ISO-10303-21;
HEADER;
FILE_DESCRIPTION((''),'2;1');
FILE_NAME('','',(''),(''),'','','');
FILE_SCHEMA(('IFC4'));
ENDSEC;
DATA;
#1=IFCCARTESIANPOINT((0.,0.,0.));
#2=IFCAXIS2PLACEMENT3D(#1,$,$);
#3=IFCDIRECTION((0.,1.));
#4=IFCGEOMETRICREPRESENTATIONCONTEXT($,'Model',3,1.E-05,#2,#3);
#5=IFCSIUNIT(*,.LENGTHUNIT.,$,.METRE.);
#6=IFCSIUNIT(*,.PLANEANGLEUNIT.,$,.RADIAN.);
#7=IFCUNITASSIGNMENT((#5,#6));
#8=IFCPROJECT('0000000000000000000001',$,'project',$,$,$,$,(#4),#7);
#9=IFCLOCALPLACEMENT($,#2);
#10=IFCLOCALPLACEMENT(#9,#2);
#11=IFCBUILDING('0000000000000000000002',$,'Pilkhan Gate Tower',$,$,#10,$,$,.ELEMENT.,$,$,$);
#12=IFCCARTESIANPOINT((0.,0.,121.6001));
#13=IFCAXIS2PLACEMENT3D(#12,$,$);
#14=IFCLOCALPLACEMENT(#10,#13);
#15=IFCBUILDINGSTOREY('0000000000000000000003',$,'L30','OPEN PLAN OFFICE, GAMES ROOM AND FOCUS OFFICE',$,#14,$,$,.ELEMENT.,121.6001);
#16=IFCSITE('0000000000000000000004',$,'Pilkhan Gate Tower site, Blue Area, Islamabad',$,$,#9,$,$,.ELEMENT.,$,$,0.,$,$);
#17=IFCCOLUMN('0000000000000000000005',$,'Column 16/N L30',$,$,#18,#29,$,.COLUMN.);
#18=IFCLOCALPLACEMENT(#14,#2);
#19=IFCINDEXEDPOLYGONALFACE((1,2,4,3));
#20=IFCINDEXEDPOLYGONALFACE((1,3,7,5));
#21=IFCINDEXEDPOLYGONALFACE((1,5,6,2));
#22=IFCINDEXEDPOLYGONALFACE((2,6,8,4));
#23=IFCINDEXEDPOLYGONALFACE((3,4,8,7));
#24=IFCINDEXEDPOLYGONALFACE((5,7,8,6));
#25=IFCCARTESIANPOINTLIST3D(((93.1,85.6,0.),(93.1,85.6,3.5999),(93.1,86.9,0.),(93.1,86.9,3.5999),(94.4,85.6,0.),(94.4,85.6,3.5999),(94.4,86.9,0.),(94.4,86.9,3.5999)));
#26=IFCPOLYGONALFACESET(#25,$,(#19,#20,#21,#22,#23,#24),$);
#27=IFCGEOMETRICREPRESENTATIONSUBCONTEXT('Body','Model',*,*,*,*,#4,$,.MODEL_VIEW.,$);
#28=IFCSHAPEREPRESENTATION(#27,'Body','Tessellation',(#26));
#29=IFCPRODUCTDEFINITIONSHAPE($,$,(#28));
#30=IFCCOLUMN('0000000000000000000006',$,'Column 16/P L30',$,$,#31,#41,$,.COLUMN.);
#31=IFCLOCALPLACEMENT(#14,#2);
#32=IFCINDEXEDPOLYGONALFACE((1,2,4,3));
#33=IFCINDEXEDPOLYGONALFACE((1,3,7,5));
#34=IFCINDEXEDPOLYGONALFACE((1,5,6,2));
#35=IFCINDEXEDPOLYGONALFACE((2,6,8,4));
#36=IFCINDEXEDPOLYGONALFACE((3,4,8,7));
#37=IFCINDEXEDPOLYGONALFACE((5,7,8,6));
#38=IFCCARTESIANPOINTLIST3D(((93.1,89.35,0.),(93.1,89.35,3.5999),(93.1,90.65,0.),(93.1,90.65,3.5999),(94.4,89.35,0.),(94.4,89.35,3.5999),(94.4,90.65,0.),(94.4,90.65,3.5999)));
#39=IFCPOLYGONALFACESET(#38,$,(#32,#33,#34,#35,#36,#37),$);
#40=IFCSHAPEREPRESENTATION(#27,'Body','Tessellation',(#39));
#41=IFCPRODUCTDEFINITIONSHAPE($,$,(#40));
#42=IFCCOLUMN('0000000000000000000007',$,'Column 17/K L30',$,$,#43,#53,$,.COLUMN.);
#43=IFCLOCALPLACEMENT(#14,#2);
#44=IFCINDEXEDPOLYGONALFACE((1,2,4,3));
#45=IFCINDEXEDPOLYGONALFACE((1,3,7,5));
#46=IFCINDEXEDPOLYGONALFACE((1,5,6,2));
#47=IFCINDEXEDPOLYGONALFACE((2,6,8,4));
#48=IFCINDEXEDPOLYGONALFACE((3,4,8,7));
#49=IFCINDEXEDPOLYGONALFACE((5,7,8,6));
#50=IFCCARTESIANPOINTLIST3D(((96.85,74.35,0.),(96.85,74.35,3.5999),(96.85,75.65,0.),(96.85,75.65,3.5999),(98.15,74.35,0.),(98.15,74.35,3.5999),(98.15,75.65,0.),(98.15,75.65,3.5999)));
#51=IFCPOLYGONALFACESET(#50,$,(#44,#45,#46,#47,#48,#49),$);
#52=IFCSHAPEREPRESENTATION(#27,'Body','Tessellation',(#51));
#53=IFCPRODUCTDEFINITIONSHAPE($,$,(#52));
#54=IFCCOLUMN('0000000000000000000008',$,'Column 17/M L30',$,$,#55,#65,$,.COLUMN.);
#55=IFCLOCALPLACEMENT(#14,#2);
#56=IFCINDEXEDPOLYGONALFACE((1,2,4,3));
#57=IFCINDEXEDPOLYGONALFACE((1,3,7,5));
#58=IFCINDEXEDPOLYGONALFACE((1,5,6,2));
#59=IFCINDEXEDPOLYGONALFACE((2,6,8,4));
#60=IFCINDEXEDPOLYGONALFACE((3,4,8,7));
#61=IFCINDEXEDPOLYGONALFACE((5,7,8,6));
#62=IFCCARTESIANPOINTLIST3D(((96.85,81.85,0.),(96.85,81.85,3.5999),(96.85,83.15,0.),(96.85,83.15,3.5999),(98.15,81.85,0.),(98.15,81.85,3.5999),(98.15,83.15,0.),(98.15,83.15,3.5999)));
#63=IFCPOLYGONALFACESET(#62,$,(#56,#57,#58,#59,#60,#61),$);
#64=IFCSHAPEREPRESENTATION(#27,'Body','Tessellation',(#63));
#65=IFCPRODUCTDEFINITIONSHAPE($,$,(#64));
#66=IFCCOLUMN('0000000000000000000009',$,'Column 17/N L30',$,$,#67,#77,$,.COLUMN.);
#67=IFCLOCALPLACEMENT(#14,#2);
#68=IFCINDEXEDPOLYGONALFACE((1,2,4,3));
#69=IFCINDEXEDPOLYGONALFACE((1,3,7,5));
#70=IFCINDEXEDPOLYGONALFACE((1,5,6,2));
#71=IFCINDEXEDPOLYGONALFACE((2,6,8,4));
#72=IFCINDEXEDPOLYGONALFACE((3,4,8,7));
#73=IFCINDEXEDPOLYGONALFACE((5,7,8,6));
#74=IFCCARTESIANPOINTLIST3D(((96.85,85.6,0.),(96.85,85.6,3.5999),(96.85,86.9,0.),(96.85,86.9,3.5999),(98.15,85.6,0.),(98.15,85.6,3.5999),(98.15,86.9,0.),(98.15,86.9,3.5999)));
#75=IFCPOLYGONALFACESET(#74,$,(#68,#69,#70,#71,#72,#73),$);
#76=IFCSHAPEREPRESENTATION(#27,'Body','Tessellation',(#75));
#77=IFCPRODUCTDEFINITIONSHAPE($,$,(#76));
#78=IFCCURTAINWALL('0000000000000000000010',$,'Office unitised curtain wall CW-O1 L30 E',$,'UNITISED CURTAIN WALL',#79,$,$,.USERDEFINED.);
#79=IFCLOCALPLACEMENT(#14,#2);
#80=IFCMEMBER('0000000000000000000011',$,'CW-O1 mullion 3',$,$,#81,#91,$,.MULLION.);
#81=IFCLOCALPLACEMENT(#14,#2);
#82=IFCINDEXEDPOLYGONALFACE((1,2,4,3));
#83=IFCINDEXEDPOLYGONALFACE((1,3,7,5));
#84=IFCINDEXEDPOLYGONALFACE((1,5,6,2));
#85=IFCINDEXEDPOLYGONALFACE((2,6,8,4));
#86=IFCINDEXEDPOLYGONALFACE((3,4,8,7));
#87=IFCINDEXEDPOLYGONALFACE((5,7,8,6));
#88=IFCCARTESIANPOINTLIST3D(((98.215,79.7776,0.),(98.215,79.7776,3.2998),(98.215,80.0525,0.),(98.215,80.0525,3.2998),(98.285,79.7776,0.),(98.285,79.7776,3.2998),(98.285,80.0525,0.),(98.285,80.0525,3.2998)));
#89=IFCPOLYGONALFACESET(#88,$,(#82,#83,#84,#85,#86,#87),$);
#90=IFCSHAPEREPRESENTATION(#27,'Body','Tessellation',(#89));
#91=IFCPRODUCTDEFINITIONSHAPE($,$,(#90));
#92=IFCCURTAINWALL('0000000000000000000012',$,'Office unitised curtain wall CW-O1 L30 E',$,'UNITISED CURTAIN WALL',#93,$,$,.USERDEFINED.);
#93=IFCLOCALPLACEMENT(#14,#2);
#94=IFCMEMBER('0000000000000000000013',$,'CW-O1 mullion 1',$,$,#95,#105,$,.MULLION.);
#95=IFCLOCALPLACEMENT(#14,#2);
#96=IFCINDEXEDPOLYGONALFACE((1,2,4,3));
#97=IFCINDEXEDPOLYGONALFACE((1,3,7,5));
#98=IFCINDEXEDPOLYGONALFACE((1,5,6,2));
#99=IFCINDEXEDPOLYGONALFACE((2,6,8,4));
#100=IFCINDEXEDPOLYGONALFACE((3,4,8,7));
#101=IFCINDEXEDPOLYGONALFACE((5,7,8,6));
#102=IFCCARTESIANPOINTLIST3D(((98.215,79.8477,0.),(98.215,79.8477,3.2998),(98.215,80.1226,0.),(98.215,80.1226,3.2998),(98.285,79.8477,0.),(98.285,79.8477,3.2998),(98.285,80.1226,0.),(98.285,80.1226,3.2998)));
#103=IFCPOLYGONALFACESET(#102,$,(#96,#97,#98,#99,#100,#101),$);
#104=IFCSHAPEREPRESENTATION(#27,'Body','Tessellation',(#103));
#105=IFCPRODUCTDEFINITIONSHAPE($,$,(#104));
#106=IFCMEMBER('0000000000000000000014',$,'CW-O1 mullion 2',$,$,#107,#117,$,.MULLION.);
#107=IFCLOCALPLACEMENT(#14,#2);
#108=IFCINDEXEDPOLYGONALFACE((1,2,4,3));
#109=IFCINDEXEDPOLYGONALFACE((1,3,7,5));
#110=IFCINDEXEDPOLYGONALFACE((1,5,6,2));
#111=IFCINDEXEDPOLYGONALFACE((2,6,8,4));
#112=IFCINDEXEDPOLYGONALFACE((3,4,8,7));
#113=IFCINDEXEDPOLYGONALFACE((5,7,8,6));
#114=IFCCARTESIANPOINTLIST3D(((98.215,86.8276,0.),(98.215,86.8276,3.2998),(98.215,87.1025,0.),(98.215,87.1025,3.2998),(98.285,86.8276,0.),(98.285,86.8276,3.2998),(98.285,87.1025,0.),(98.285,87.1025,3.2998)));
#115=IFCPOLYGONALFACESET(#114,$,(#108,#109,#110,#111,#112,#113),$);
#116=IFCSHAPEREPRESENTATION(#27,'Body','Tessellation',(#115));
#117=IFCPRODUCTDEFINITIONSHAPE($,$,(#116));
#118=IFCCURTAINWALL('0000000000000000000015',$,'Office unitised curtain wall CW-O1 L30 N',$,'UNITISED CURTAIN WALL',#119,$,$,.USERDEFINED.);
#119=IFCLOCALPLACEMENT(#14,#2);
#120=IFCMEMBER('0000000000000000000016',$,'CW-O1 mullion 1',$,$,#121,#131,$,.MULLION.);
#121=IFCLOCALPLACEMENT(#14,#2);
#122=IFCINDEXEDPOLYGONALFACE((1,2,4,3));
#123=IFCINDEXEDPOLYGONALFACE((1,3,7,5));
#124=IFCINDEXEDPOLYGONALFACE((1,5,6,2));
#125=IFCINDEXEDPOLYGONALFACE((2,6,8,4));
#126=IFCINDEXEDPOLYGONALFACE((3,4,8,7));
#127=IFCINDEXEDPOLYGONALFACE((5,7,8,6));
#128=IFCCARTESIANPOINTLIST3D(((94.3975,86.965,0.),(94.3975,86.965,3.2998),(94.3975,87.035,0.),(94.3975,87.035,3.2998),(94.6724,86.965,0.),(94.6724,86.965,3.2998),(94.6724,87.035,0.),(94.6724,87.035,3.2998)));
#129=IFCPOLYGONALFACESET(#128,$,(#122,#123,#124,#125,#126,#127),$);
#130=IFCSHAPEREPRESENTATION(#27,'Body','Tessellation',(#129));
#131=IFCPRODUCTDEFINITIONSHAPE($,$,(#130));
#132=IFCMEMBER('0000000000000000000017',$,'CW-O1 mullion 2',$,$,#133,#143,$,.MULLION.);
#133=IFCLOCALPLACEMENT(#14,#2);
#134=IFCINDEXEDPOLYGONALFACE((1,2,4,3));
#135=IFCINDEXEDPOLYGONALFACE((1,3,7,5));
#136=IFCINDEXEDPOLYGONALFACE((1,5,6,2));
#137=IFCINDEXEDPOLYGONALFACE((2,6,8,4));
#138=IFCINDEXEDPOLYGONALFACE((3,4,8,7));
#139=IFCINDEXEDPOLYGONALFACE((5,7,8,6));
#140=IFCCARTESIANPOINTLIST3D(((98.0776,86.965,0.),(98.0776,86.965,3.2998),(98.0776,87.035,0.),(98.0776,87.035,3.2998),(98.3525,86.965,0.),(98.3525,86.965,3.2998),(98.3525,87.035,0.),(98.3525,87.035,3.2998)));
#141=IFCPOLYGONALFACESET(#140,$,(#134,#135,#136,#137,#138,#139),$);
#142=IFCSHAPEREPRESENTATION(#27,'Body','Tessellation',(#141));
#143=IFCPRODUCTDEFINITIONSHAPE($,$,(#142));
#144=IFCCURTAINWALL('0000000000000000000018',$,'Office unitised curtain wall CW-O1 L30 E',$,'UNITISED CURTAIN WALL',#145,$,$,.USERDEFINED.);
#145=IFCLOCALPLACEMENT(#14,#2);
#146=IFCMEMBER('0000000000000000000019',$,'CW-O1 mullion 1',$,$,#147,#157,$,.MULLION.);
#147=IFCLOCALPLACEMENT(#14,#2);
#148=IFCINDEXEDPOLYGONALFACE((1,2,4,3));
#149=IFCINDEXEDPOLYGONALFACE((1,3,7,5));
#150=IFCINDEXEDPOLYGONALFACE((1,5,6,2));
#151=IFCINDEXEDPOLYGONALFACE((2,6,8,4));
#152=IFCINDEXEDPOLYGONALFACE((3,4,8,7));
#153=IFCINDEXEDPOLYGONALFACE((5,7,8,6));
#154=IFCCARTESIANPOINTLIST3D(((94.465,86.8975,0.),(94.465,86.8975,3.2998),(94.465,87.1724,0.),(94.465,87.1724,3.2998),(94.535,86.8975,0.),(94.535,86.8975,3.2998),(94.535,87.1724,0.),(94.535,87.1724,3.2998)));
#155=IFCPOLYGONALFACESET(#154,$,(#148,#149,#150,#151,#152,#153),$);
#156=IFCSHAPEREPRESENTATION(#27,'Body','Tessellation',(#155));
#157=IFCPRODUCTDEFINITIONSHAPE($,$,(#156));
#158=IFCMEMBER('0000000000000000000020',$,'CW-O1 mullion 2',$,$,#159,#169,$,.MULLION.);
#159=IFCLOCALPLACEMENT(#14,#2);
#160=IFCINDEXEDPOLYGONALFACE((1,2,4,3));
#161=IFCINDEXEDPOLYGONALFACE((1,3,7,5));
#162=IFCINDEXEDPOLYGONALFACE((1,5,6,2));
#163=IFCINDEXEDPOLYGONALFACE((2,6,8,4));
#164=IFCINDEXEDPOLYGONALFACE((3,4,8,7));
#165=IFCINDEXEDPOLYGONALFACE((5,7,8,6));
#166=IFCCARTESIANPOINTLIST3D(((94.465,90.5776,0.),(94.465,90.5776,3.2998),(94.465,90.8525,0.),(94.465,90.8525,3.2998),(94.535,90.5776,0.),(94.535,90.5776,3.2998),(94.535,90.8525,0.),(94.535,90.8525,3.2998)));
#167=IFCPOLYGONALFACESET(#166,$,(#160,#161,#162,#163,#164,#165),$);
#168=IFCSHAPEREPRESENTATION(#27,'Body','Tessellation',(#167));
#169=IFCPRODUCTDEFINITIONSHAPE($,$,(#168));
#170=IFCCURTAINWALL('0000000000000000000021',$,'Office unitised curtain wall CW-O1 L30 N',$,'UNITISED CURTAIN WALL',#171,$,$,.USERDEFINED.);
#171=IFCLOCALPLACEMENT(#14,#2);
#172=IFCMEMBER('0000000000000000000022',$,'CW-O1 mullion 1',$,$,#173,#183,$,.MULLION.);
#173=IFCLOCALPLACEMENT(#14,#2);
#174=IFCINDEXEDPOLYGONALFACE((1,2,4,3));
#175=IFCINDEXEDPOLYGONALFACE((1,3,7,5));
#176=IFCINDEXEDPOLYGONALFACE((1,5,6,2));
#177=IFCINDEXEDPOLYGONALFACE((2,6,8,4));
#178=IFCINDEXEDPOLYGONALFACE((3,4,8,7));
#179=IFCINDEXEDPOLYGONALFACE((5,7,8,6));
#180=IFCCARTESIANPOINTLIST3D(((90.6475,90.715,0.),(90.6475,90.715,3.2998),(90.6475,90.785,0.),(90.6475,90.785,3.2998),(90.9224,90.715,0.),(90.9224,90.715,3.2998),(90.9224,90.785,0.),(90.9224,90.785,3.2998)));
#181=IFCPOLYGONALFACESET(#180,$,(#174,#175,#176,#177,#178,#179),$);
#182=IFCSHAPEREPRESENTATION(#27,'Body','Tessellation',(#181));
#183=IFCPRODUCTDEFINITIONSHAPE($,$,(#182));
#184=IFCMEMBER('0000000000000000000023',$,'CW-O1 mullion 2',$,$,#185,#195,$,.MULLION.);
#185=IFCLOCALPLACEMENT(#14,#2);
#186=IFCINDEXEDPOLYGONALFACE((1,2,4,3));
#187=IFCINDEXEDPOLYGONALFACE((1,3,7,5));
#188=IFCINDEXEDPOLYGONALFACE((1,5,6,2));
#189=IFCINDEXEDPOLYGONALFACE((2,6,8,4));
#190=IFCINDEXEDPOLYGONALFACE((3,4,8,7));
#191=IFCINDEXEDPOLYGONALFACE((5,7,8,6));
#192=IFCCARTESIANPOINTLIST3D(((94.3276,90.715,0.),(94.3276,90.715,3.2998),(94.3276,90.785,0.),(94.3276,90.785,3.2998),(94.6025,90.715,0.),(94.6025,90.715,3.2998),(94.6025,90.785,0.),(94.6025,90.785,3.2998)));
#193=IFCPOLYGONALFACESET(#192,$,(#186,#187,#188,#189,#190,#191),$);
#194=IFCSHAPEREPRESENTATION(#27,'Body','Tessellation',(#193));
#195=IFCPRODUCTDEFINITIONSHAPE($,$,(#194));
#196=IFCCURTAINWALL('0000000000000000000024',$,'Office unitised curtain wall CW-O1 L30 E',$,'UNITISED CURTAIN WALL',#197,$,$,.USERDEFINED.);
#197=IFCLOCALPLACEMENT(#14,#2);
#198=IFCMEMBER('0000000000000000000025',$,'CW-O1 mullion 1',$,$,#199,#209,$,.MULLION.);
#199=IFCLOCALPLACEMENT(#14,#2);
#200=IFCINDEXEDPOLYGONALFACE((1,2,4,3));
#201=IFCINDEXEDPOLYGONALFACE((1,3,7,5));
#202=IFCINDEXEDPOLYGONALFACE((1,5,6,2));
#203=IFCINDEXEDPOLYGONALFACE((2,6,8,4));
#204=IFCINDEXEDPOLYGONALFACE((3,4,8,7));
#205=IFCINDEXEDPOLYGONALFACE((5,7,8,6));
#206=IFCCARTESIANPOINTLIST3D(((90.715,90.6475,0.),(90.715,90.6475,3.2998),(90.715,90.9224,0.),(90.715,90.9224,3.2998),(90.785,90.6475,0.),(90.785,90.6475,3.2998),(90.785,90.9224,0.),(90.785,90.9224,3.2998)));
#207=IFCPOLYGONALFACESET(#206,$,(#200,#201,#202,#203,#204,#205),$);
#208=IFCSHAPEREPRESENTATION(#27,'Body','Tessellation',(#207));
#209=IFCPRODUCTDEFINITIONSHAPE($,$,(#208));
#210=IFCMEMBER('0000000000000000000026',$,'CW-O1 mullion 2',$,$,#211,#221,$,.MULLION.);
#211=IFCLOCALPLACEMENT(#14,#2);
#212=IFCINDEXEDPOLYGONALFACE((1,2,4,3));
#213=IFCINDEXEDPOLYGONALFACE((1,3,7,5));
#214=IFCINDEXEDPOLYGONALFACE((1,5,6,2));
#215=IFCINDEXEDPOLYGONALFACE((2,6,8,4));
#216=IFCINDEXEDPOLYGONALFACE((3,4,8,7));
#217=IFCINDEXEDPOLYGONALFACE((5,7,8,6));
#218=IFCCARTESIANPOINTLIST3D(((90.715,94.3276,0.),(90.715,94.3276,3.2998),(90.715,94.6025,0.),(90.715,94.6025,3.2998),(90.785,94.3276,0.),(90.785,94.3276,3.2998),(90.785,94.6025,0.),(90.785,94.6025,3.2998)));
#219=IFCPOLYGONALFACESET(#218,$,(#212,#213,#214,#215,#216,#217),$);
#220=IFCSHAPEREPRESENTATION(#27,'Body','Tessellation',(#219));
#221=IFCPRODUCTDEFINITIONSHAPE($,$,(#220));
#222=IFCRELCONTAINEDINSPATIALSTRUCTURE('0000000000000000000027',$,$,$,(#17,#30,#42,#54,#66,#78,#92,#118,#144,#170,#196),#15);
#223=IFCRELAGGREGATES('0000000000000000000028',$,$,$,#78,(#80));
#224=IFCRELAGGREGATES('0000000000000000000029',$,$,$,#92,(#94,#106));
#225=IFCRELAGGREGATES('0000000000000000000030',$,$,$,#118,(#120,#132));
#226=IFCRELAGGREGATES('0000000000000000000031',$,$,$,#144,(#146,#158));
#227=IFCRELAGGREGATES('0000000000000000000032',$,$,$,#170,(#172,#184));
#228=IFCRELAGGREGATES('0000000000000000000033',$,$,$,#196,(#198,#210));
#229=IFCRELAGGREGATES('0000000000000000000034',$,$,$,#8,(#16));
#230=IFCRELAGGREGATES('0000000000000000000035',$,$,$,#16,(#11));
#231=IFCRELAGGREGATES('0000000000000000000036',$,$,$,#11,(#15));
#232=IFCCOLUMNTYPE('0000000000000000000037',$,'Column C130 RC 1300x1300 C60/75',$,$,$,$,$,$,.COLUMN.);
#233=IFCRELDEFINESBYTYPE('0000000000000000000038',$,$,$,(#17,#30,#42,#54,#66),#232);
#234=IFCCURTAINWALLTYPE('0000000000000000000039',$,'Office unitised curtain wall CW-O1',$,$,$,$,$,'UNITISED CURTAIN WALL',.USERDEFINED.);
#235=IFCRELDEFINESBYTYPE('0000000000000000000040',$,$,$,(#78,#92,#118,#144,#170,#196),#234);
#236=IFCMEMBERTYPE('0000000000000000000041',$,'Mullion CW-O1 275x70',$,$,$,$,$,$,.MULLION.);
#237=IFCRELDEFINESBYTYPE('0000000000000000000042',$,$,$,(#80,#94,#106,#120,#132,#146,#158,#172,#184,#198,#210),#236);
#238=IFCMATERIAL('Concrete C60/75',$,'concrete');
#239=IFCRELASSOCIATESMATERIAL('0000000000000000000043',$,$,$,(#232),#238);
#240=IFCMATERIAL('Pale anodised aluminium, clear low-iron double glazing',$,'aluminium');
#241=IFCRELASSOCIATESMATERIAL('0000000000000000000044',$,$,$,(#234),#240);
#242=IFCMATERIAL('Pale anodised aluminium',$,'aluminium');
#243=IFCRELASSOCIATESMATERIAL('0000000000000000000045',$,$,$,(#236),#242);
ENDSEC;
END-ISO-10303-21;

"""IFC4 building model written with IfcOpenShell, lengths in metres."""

from ifc_helpers import new_model, si_unit, direction, frame, origin, origin_2d, place, context, subcontext, project, spatial, rectangle, extrude, material, material_profile, profile_set, type_object, element, aggregate, save


model = new_model("IFC4")

# Units and contexts
model_context = context("Model", 3, precision=1e-05, world=origin(), true_north=direction((0.0, 1.0)))
body_context = subcontext(model_context, "Body", "Model", "MODEL_VIEW")
ifc_project = project(units=[si_unit("LENGTHUNIT", "METRE"), si_unit("PLANEANGLEUNIT", "RADIAN")], contexts=[model_context])

# Site, building, storey
site_placement = place(None, origin())
site = spatial("IfcSite", under=ifc_project, at=site_placement, Name="Pilkhan Gate Tower site, Blue Area, Islamabad", CompositionType="ELEMENT", RefElevation=0.0)
building_placement = place(site_placement, origin())
building = spatial("IfcBuilding", under=site, at=building_placement, Name="Pilkhan Gate Tower", CompositionType="ELEMENT")
storey_placement = place(building_placement, frame((0.0, 0.0, 121.6001)))
storey = spatial("IfcBuildingStorey", under=building, at=storey_placement, Name="L30", Description="OPEN PLAN OFFICE, GAMES ROOM AND FOCUS OFFICE", CompositionType="ELEMENT", Elevation=121.6001)

# Columns
ifc_material_1 = material(Name="Concrete C60/75", Category="concrete")
ifc_material_profile_1 = material_profile(ifc_material_1, rectangle(XDim=1.3, YDim=1.3, at=origin_2d()), Name="RC 1300x1300")
ifc_profile_set_1 = profile_set([ifc_material_profile_1], Name="Concrete C60/75")
column_type = type_object("IfcColumnType", Name="Column C130 RC 1300x1300 C60/75", PredefinedType="COLUMN", material=ifc_profile_set_1)
for number, where, z_axis, x_axis, name in (
    (1, (93.75, 86.25, 0.0), (0.0, 0.0, 1.0), (1.0, 0.0, 0.0), "Column 16/N L30"),
    (2, (93.75, 90.0, 0.0), (0.0, 0.0, 1.0), (1.0, 0.0, 0.0), "Column 16/P L30"),
    (3, (97.5, 75.0, 0.0), (0.0, 0.0, 1.0), (1.0, 0.0, 0.0), "Column 17/K L30"),
    (4, (97.5, 82.5, 0.0), (0.0, 0.0, 1.0), (1.0, 0.0, 0.0), "Column 17/M L30"),
    (5, (97.5, 86.25, 0.0), (0.0, 0.0, 1.0), (1.0, 0.0, 0.0), "Column 17/N L30"),
):
    element("IfcColumn", number, at=place(storey_placement, frame(where, z_axis=z_axis, x_axis=x_axis)), inside=storey, type_object=column_type, Name=name, PredefinedType="COLUMN", context=body_context, shape_type="SweptSolid", body=[
        extrude(rectangle(XDim=1.3, YDim=1.3, at=origin_2d()), origin(), (0.0, 0.0, 1.0), 3.5999),
    ])

# Curtain wall, member
ifc_material_2 = material(Name="Pale anodised aluminium, clear low-iron double glazing", Category="aluminium")
curtain_wall_type = type_object("IfcCurtainWallType", Name="Office unitised curtain wall CW-O1", ElementType="UNITISED CURTAIN WALL", PredefinedType="USERDEFINED", material=ifc_material_2)
curtain_wall_1_placement = place(storey_placement, origin())
curtain_wall_1 = element("IfcCurtainWall", 6, at=curtain_wall_1_placement, inside=storey, type_object=curtain_wall_type, Name="Office unitised curtain wall CW-O1 L30 E", ObjectType="UNITISED CURTAIN WALL", PredefinedType="USERDEFINED")
ifc_material_3 = material(Name="Pale anodised aluminium", Category="aluminium")
ifc_material_profile_2 = material_profile(ifc_material_3, rectangle(XDim=0.0701, YDim=0.2749, at=origin_2d()), Name="Mullion 275x70")
ifc_profile_set_2 = profile_set([ifc_material_profile_2], Name="Pale anodised aluminium")
member_type_1 = type_object("IfcMemberType", Name="Mullion CW-O1 275x70", PredefinedType="MULLION", material=ifc_profile_set_2)
member_1_placement = place(storey_placement, frame((98.25, 79.915, 0.0), z_axis=(0.0, 0.0, 1.0), x_axis=(-1.0, 0.0, 0.0)))
member_1 = element("IfcMember", 7, at=member_1_placement, type_object=member_type_1, Name="CW-O1 mullion 3", PredefinedType="MULLION", context=body_context, shape_type="SweptSolid", body=[
    extrude(rectangle(XDim=0.0701, YDim=0.2749, at=origin_2d()), origin(), (0.0, 0.0, 1.0), 3.2998),
])

# Curtain walls, members
curtain_wall_2_placement = place(storey_placement, origin())
curtain_wall_2 = element("IfcCurtainWall", 8, at=curtain_wall_2_placement, inside=storey, type_object=curtain_wall_type, Name="Office unitised curtain wall CW-O1 L30 E", ObjectType="UNITISED CURTAIN WALL", PredefinedType="USERDEFINED")
member_2_placement = place(storey_placement, frame((98.25, 79.9851, 0.0), z_axis=(0.0, 0.0, 1.0), x_axis=(-1.0, 0.0, 0.0)))
member_2 = element("IfcMember", 9, at=member_2_placement, type_object=member_type_1, Name="CW-O1 mullion 1", PredefinedType="MULLION", context=body_context, shape_type="SweptSolid", body=[
    extrude(rectangle(XDim=0.0701, YDim=0.2749, at=origin_2d()), origin(), (0.0, 0.0, 1.0), 3.2998),
])
member_3_placement = place(storey_placement, frame((98.25, 86.9651, 0.0), z_axis=(0.0, 0.0, 1.0), x_axis=(-1.0, 0.0, 0.0)))
member_3 = element("IfcMember", 10, at=member_3_placement, type_object=member_type_1, Name="CW-O1 mullion 2", PredefinedType="MULLION", context=body_context, shape_type="SweptSolid", body=[
    extrude(rectangle(XDim=0.0701, YDim=0.2749, at=origin_2d()), origin(), (0.0, 0.0, 1.0), 3.2998),
])
curtain_wall_3_placement = place(storey_placement, origin())
curtain_wall_3 = element("IfcCurtainWall", 11, at=curtain_wall_3_placement, inside=storey, type_object=curtain_wall_type, Name="Office unitised curtain wall CW-O1 L30 N", ObjectType="UNITISED CURTAIN WALL", PredefinedType="USERDEFINED")
member_4_placement = place(storey_placement, frame((94.5349, 87.0, 0.0), z_axis=(0.0, 0.0, 1.0), x_axis=(0.0, 1.0, 0.0)))
member_4 = element("IfcMember", 12, at=member_4_placement, type_object=member_type_1, Name="CW-O1 mullion 1", PredefinedType="MULLION", context=body_context, shape_type="SweptSolid", body=[
    extrude(rectangle(XDim=0.0701, YDim=0.2749, at=origin_2d()), origin(), (0.0, 0.0, 1.0), 3.2998),
])
member_5_placement = place(storey_placement, frame((98.2151, 87.0, 0.0), z_axis=(0.0, 0.0, 1.0), x_axis=(0.0, 1.0, 0.0)))
member_5 = element("IfcMember", 13, at=member_5_placement, type_object=member_type_1, Name="CW-O1 mullion 2", PredefinedType="MULLION", context=body_context, shape_type="SweptSolid", body=[
    extrude(rectangle(XDim=0.0701, YDim=0.2749, at=origin_2d()), origin(), (0.0, 0.0, 1.0), 3.2998),
])
curtain_wall_4_placement = place(storey_placement, origin())
curtain_wall_4 = element("IfcCurtainWall", 14, at=curtain_wall_4_placement, inside=storey, type_object=curtain_wall_type, Name="Office unitised curtain wall CW-O1 L30 E", ObjectType="UNITISED CURTAIN WALL", PredefinedType="USERDEFINED")
member_6_placement = place(storey_placement, frame((94.5, 87.0349, 0.0), z_axis=(0.0, 0.0, 1.0), x_axis=(-1.0, 0.0, 0.0)))
member_6 = element("IfcMember", 15, at=member_6_placement, type_object=member_type_1, Name="CW-O1 mullion 1", PredefinedType="MULLION", context=body_context, shape_type="SweptSolid", body=[
    extrude(rectangle(XDim=0.0701, YDim=0.2749, at=origin_2d()), origin(), (0.0, 0.0, 1.0), 3.2998),
])
member_7_placement = place(storey_placement, frame((94.5, 90.7151, 0.0), z_axis=(0.0, 0.0, 1.0), x_axis=(-1.0, 0.0, 0.0)))
member_7 = element("IfcMember", 16, at=member_7_placement, type_object=member_type_1, Name="CW-O1 mullion 2", PredefinedType="MULLION", context=body_context, shape_type="SweptSolid", body=[
    extrude(rectangle(XDim=0.0701, YDim=0.2749, at=origin_2d()), origin(), (0.0, 0.0, 1.0), 3.2998),
])
curtain_wall_5_placement = place(storey_placement, origin())
curtain_wall_5 = element("IfcCurtainWall", 17, at=curtain_wall_5_placement, inside=storey, type_object=curtain_wall_type, Name="Office unitised curtain wall CW-O1 L30 N", ObjectType="UNITISED CURTAIN WALL", PredefinedType="USERDEFINED")
member_8_placement = place(storey_placement, frame((90.7849, 90.75, 0.0), z_axis=(0.0, 0.0, 1.0), x_axis=(0.0, 1.0, 0.0)))
member_8 = element("IfcMember", 18, at=member_8_placement, type_object=member_type_1, Name="CW-O1 mullion 1", PredefinedType="MULLION", context=body_context, shape_type="SweptSolid", body=[
    extrude(rectangle(XDim=0.0701, YDim=0.2749, at=origin_2d()), origin(), (0.0, 0.0, 1.0), 3.2998),
])
member_9_placement = place(storey_placement, frame((94.4651, 90.75, 0.0), z_axis=(0.0, 0.0, 1.0), x_axis=(0.0, 1.0, 0.0)))
member_9 = element("IfcMember", 19, at=member_9_placement, type_object=member_type_1, Name="CW-O1 mullion 2", PredefinedType="MULLION", context=body_context, shape_type="SweptSolid", body=[
    extrude(rectangle(XDim=0.0701, YDim=0.2749, at=origin_2d()), origin(), (0.0, 0.0, 1.0), 3.2998),
])
curtain_wall_6_placement = place(storey_placement, origin())
curtain_wall_6 = element("IfcCurtainWall", 20, at=curtain_wall_6_placement, inside=storey, type_object=curtain_wall_type, Name="Office unitised curtain wall CW-O1 L30 E", ObjectType="UNITISED CURTAIN WALL", PredefinedType="USERDEFINED")
member_10_placement = place(storey_placement, frame((90.75, 90.7849, 0.0), z_axis=(0.0, 0.0, 1.0), x_axis=(-1.0, 0.0, 0.0)))
member_10 = element("IfcMember", 21, at=member_10_placement, type_object=member_type_1, Name="CW-O1 mullion 1", PredefinedType="MULLION", context=body_context, shape_type="SweptSolid", body=[
    extrude(rectangle(XDim=0.0701, YDim=0.2749, at=origin_2d()), origin(), (0.0, 0.0, 1.0), 3.2998),
])
member_11_placement = place(storey_placement, frame((90.75, 94.4651, 0.0), z_axis=(0.0, 0.0, 1.0), x_axis=(-1.0, 0.0, 0.0)))
member_11 = element("IfcMember", 22, at=member_11_placement, type_object=member_type_1, Name="CW-O1 mullion 2", PredefinedType="MULLION", context=body_context, shape_type="SweptSolid", body=[
    extrude(rectangle(XDim=0.0701, YDim=0.2749, at=origin_2d()), origin(), (0.0, 0.0, 1.0), 3.2998),
])

aggregate(curtain_wall_1, [member_1])
aggregate(curtain_wall_2, [member_2, member_3])
aggregate(curtain_wall_3, [member_4, member_5])
aggregate(curtain_wall_4, [member_6, member_7])
aggregate(curtain_wall_5, [member_8, member_9])
aggregate(curtain_wall_6, [member_10, member_11])

save(model, "model.ifc")
